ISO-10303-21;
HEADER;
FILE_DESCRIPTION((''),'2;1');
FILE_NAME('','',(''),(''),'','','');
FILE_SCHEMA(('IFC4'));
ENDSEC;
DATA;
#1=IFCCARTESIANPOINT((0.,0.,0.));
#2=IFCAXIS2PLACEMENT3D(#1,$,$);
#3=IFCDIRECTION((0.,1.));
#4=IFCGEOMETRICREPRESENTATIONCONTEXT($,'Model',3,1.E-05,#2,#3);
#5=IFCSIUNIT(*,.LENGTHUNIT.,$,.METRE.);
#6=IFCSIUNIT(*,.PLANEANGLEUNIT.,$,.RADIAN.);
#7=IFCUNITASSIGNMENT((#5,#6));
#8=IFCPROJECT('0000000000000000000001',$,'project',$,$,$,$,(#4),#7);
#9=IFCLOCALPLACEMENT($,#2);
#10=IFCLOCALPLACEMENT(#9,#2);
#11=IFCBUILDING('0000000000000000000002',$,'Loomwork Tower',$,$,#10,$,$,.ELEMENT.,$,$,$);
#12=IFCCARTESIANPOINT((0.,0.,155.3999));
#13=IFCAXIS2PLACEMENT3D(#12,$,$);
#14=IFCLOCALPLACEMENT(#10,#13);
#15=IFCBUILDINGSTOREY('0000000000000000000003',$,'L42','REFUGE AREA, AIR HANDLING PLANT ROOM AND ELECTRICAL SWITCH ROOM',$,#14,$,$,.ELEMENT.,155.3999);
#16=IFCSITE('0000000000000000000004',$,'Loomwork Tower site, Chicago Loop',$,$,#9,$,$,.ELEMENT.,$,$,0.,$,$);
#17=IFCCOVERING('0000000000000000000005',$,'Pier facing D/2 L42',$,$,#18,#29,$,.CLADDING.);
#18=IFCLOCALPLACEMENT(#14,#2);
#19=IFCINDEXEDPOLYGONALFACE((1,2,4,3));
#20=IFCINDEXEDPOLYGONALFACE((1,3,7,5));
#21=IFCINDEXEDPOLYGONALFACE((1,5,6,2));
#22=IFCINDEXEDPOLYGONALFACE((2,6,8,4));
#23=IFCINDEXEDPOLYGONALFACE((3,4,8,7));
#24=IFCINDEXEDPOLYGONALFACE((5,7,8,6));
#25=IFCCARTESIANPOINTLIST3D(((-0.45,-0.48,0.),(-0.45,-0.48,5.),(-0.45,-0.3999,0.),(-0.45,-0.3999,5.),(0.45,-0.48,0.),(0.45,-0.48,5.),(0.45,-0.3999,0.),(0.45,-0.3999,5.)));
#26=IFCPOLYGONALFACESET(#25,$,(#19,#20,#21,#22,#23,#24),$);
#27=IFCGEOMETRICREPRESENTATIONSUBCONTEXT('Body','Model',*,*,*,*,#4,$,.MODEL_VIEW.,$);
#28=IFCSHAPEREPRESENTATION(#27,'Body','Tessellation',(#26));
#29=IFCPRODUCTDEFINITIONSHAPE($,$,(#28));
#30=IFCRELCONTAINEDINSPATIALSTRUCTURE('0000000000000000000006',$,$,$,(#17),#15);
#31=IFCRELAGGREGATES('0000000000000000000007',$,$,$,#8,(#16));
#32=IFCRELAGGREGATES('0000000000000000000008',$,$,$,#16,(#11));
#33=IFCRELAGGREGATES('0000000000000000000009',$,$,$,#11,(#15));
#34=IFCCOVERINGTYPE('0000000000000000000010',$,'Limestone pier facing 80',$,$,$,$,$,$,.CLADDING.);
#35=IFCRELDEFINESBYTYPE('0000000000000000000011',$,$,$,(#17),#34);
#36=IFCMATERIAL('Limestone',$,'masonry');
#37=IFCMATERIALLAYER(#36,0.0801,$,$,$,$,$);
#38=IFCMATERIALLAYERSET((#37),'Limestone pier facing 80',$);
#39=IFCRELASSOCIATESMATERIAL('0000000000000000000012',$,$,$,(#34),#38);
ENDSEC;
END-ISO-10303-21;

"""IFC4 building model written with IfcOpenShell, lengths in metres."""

from ifc_helpers import new_model, si_unit, direction, frame, origin, origin_2d, place, context, subcontext, project, spatial, rectangle, extrude, material, layer, layer_set, type_object, element, save


model = new_model("IFC4")

# Units and contexts
model_context = context("Model", 3, precision=1e-05, world=origin(), true_north=direction((0.0, 1.0)))
body_context = subcontext(model_context, "Body", "Model", "MODEL_VIEW")
ifc_project = project(units=[si_unit("LENGTHUNIT", "METRE"), si_unit("PLANEANGLEUNIT", "RADIAN")], contexts=[model_context])

# Site, building, storey
site_placement = place(None, origin())
site = spatial("IfcSite", under=ifc_project, at=site_placement, Name="Loomwork Tower site, Chicago Loop", CompositionType="ELEMENT", RefElevation=0.0)
building_placement = place(site_placement, origin())
building = spatial("IfcBuilding", under=site, at=building_placement, Name="Loomwork Tower", CompositionType="ELEMENT")
storey_placement = place(building_placement, frame((0.0, 0.0, 155.3999)))
storey = spatial("IfcBuildingStorey", under=building, at=storey_placement, Name="L42", Description="REFUGE AREA, AIR HANDLING PLANT ROOM AND ELECTRICAL SWITCH ROOM", CompositionType="ELEMENT", Elevation=155.3999)

# Covering
ifc_material_1 = material(Name="Limestone", Category="masonry")
ifc_layer_1 = layer(ifc_material_1, 0.0801)
ifc_layer_set_1 = layer_set([ifc_layer_1], Name="Limestone pier facing 80")
covering_type = type_object("IfcCoveringType", Name="Limestone pier facing 80", PredefinedType="CLADDING", material=ifc_layer_set_1)
covering_placement = place(storey_placement, frame((0.0, -0.4399, 0.0), z_axis=(0.0, 0.0, 1.0), x_axis=(1.0, 0.0, 0.0)))
element("IfcCovering", 1, at=covering_placement, inside=storey, type_object=covering_type, Name="Pier facing D/2 L42", PredefinedType="CLADDING", context=body_context, shape_type="SweptSolid", body=[
    extrude(rectangle(XDim=0.8999, YDim=0.0801, at=origin_2d()), origin(), (0.0, 0.0, 1.0), 5.0),
])

save(model, "model.ifc")
